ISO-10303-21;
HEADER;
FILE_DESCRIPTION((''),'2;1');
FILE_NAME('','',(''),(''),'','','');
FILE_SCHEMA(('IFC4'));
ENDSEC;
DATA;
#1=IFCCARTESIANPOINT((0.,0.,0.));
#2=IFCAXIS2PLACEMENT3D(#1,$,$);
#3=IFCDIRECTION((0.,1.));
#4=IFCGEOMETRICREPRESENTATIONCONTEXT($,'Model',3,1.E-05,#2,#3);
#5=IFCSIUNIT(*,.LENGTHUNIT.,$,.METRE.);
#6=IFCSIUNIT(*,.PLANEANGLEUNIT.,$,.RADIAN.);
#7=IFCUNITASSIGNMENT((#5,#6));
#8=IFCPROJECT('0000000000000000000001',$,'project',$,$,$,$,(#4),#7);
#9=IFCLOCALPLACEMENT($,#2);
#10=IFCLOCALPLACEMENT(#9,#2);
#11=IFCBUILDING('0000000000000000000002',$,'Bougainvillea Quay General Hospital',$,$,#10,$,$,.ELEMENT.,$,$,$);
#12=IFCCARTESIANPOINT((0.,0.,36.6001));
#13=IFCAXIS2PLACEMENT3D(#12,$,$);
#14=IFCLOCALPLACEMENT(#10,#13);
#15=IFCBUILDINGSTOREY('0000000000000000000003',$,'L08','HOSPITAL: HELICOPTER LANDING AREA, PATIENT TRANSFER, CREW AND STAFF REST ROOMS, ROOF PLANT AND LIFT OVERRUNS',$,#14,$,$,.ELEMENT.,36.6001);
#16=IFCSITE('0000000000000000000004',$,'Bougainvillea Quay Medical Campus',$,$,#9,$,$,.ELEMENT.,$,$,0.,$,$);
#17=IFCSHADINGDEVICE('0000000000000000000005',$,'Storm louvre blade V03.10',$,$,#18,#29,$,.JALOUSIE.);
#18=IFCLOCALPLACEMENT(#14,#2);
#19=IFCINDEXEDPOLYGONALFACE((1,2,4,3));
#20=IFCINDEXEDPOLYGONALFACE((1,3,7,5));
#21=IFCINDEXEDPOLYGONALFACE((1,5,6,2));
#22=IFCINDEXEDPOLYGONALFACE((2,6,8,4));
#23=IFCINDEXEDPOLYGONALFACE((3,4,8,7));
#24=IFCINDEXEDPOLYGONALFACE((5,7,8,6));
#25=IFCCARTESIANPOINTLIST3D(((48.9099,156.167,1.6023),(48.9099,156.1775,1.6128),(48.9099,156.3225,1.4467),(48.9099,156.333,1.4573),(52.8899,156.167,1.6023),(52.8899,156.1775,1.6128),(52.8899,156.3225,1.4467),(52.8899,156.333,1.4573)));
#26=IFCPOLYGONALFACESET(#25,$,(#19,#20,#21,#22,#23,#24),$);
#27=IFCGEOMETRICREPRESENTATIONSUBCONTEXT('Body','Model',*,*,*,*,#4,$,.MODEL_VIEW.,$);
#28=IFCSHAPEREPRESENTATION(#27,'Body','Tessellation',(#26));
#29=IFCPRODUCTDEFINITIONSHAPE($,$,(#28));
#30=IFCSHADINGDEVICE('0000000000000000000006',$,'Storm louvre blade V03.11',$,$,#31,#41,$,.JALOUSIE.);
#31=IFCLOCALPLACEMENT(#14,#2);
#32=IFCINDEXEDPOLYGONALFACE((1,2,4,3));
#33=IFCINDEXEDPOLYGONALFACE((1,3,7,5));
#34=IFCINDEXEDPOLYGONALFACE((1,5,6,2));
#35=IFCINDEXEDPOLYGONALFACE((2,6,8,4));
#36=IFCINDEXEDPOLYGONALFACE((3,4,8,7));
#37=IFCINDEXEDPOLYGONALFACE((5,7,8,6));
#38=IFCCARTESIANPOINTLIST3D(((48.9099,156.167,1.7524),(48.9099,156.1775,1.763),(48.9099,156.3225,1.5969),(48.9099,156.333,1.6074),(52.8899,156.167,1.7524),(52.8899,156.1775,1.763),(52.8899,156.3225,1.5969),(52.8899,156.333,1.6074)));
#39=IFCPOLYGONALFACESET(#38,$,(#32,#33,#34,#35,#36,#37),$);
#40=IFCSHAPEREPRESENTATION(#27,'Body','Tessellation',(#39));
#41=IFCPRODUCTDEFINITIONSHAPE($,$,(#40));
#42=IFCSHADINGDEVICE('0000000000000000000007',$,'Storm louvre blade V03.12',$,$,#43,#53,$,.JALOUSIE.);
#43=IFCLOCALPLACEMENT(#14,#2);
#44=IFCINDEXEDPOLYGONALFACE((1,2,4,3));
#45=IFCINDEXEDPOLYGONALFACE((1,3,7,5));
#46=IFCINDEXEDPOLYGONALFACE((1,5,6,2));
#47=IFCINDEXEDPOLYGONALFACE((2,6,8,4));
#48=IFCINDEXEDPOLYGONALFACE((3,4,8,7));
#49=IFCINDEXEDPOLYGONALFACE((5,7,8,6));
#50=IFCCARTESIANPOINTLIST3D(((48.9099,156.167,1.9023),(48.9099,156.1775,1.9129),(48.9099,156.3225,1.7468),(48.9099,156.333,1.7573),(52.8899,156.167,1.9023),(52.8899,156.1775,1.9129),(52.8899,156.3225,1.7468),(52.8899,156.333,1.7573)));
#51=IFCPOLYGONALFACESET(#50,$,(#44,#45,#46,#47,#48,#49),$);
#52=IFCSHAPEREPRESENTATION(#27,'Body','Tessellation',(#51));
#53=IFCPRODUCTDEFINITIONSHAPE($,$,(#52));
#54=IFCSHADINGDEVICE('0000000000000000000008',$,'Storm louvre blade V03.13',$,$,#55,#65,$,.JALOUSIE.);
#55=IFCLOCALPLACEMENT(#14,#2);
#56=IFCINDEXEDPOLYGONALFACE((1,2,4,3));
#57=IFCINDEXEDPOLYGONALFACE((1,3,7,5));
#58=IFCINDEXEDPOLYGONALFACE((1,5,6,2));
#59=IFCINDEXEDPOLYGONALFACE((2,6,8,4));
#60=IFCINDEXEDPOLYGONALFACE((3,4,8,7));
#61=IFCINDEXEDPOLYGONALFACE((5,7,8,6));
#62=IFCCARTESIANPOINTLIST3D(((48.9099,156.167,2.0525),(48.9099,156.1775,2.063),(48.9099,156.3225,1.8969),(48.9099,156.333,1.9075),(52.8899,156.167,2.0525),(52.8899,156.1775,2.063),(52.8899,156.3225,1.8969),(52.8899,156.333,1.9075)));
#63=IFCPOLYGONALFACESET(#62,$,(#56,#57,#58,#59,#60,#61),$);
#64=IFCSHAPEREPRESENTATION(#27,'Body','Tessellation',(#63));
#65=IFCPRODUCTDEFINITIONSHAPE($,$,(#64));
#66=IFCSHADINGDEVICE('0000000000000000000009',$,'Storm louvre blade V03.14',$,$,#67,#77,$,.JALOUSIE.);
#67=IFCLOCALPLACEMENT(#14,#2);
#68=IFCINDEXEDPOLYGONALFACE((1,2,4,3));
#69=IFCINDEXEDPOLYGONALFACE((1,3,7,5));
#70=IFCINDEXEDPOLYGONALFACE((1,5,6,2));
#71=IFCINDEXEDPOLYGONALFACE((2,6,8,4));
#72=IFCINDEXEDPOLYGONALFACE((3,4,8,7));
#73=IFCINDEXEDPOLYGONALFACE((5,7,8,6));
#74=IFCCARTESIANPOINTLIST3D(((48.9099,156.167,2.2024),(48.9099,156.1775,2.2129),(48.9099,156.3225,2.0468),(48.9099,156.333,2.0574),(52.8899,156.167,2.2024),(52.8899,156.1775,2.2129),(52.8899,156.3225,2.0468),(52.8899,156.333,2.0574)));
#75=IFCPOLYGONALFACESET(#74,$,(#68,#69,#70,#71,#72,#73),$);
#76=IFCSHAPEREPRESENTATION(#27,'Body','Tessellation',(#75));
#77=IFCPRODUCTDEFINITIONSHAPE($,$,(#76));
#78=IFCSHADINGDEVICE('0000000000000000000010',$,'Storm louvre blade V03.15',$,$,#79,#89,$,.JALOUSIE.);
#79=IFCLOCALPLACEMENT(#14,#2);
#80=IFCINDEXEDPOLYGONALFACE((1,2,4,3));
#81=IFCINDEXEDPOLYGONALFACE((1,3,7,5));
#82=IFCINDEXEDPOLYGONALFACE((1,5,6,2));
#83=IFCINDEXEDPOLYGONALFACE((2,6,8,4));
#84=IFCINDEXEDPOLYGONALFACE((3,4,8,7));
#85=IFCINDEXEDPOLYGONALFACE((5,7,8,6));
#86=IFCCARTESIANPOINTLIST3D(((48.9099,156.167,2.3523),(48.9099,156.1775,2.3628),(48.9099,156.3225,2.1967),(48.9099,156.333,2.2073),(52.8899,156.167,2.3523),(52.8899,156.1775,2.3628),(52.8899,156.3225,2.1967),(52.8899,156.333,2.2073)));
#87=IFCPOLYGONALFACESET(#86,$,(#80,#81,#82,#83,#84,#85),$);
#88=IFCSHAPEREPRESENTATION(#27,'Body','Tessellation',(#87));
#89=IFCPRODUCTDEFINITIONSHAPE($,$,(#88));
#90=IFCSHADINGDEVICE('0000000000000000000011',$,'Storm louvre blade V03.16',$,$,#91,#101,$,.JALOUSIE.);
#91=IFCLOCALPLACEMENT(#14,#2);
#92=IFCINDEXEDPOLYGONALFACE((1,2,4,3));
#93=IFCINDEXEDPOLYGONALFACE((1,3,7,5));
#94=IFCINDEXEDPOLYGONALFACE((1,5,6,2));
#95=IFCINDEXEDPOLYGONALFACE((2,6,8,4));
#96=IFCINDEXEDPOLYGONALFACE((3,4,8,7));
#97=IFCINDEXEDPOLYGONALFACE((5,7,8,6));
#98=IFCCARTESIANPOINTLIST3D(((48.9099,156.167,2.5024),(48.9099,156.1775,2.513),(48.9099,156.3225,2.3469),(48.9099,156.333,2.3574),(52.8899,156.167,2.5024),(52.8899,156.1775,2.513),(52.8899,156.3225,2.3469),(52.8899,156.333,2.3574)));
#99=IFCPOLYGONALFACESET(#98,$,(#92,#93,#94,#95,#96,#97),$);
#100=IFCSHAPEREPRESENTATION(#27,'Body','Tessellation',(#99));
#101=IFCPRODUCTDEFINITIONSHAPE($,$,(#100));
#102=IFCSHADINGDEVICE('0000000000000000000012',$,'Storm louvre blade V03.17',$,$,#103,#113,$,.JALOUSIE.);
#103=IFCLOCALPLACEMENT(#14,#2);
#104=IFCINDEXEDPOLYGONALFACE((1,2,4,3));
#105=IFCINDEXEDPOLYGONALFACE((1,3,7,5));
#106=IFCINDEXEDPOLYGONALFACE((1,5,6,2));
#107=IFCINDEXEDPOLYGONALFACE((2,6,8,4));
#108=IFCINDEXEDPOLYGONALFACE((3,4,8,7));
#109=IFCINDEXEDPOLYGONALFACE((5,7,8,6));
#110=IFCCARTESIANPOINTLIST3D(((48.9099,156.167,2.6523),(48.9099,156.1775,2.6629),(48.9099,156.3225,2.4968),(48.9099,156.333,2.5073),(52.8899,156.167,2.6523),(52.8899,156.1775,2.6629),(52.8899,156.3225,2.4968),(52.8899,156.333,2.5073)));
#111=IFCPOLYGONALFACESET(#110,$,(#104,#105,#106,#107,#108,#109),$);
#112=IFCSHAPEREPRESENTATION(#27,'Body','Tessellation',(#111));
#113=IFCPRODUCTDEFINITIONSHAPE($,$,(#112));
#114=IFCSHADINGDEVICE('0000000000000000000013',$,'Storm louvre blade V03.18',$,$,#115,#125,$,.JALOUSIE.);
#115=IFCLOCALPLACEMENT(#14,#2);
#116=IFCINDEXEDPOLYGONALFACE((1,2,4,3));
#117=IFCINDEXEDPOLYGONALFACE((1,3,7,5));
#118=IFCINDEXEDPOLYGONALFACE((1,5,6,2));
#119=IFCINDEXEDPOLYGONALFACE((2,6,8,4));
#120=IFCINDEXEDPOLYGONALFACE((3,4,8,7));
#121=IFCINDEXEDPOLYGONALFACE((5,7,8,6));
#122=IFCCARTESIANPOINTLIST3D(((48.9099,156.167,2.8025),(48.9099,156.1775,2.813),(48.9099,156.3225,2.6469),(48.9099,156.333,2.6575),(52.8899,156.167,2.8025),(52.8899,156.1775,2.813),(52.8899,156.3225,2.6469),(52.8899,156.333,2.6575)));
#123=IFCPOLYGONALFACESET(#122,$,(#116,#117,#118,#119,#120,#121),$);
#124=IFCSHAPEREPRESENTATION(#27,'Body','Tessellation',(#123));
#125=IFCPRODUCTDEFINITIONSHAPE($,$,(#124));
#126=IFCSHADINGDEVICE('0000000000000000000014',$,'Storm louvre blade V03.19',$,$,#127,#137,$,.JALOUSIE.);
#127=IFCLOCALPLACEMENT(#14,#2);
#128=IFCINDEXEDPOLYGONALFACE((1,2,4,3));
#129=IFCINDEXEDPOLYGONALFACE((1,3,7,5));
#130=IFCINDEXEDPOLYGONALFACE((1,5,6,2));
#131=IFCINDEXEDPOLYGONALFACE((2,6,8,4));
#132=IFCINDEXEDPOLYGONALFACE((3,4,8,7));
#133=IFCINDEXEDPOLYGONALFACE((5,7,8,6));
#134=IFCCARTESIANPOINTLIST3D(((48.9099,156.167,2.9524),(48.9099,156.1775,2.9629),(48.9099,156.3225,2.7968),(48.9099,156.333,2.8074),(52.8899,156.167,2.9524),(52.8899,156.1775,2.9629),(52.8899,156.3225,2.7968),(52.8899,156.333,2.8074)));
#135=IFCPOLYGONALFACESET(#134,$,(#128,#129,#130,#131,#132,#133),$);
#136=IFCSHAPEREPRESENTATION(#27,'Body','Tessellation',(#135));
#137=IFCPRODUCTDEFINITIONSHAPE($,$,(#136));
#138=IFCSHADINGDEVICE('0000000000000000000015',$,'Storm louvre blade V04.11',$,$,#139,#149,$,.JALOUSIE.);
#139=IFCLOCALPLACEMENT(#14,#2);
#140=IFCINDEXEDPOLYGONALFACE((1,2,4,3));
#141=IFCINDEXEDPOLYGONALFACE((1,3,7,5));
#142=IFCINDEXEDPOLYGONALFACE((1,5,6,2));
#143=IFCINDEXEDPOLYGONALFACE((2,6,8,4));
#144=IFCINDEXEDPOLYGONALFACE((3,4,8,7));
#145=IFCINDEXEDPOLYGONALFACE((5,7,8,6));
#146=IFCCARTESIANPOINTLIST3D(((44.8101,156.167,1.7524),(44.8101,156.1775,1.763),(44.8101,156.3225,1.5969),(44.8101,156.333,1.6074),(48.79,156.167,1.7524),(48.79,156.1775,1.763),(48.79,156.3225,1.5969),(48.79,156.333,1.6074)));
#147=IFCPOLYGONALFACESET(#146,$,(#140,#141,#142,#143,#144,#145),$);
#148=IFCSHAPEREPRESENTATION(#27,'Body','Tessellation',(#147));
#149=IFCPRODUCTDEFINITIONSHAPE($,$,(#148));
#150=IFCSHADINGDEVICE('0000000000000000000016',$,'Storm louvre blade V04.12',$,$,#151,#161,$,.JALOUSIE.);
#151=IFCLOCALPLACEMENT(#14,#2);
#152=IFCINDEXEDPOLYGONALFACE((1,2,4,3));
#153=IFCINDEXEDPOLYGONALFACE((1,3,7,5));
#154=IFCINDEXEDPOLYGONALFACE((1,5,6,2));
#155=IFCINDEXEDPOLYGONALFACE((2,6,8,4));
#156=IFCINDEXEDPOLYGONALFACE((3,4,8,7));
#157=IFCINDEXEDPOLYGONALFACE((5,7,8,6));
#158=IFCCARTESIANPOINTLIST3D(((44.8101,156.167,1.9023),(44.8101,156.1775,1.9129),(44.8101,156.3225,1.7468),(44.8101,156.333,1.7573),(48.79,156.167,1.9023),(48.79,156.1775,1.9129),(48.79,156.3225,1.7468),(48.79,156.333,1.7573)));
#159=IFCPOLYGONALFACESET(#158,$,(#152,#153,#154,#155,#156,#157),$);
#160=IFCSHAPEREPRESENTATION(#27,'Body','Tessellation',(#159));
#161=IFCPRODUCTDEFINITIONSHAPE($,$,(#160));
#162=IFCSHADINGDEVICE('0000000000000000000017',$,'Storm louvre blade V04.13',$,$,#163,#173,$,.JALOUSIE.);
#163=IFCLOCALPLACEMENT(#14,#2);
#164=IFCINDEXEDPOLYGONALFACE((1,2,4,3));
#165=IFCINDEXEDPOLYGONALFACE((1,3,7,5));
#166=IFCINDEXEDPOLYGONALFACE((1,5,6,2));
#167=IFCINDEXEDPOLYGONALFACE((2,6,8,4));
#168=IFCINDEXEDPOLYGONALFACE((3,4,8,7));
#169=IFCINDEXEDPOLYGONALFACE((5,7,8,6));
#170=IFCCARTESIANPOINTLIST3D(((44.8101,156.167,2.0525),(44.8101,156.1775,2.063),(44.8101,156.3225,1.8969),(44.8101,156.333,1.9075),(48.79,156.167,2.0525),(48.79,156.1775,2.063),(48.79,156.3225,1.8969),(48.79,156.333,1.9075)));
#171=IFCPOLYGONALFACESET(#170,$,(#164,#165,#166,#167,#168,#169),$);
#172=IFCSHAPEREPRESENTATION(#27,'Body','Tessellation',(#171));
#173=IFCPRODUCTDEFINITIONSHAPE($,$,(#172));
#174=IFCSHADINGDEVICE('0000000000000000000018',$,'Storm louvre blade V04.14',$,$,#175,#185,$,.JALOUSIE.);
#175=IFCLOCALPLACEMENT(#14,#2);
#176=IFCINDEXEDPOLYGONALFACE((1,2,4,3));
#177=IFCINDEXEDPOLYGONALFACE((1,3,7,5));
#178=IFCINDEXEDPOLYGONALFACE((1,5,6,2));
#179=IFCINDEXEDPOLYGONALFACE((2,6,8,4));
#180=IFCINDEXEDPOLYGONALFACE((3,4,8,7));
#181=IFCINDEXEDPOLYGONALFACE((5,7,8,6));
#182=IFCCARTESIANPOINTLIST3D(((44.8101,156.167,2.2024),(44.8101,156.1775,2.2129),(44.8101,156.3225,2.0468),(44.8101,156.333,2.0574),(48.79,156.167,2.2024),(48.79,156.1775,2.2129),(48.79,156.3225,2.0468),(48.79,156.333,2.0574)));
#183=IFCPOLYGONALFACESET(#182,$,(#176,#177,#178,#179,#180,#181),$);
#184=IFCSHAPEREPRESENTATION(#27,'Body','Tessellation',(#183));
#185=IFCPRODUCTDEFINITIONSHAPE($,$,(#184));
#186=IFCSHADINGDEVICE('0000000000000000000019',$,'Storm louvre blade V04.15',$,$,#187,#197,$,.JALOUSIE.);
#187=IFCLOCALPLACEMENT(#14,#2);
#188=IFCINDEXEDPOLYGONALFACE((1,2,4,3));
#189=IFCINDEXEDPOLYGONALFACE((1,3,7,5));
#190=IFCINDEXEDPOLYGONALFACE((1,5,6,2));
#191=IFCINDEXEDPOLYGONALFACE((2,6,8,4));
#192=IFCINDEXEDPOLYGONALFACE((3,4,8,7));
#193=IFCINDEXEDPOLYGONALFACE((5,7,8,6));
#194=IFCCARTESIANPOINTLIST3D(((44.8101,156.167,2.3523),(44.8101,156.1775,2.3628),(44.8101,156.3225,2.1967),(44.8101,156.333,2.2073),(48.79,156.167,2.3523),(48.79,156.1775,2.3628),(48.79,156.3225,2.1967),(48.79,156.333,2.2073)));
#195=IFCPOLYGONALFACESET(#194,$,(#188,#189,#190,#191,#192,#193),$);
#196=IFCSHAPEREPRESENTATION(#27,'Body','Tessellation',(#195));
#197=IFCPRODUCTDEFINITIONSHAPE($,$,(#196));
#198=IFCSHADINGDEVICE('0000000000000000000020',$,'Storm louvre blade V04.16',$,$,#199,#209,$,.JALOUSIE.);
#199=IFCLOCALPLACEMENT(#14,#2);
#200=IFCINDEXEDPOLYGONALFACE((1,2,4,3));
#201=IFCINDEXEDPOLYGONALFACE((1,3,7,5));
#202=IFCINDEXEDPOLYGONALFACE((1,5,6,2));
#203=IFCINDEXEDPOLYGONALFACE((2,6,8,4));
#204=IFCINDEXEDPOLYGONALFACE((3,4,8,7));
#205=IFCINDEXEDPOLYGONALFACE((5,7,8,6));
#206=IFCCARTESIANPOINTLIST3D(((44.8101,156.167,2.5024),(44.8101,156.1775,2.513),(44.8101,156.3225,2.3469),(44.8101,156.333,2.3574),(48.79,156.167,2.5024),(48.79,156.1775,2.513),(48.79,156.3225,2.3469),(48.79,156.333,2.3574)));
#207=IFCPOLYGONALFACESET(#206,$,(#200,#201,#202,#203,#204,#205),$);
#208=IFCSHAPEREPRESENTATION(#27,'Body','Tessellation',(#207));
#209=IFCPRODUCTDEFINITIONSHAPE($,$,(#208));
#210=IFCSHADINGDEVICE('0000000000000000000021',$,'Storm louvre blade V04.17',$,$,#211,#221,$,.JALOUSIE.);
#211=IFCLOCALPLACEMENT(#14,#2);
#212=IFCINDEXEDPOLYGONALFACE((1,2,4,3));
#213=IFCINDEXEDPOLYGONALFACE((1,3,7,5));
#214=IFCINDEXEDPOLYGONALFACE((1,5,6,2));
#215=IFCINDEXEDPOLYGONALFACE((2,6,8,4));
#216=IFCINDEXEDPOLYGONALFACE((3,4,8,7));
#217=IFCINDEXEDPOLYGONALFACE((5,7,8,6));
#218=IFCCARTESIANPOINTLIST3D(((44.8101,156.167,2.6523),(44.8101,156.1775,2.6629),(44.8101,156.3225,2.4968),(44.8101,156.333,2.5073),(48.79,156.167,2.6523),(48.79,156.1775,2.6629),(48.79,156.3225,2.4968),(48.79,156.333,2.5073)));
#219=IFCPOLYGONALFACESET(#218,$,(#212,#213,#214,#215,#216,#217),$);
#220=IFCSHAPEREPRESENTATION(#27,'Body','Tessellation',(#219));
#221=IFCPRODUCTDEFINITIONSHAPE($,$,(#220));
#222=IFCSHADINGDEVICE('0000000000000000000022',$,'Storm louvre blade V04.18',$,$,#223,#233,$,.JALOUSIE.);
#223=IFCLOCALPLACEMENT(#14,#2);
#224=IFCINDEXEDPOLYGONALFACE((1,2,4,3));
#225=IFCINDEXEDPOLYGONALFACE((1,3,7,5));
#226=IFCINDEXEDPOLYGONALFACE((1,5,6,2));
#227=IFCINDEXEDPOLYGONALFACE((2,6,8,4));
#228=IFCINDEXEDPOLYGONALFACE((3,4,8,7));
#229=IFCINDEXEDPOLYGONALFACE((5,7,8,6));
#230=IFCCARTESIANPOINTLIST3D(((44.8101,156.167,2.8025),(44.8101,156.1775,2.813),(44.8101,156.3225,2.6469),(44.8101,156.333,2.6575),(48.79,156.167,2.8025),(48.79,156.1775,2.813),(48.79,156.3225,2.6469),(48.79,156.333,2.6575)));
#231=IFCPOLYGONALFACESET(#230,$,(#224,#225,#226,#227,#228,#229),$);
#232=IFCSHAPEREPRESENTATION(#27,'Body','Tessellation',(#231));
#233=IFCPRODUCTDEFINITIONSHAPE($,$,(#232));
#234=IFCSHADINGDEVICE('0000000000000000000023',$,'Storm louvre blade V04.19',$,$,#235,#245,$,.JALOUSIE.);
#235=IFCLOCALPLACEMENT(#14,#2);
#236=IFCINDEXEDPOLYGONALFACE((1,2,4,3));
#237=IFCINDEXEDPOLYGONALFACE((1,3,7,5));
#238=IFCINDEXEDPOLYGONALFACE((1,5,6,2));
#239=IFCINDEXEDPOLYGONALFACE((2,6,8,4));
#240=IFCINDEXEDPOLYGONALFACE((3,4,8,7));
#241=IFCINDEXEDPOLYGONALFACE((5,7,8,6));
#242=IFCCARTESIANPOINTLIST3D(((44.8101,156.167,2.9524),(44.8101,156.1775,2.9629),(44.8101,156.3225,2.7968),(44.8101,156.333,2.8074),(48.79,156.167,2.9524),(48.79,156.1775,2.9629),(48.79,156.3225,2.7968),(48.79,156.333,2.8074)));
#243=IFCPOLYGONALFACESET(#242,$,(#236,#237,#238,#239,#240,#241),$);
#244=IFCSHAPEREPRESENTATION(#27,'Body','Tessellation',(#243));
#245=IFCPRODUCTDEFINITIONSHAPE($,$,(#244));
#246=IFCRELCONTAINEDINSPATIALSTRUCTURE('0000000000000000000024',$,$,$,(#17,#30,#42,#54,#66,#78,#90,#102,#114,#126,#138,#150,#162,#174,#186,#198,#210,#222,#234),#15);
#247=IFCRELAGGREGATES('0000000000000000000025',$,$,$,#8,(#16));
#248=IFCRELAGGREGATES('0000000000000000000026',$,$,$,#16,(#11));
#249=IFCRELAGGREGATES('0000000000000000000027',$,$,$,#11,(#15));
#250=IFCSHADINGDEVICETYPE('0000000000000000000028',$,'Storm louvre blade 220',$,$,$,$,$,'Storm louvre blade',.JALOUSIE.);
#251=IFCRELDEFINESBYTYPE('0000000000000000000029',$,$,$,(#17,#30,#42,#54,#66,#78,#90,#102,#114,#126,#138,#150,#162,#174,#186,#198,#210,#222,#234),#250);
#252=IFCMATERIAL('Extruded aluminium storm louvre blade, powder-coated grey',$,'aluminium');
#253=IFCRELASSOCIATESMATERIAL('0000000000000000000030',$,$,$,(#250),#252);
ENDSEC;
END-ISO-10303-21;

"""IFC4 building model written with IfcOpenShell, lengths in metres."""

from ifc_helpers import new_model, si_unit, direction, frame, origin, origin_2d, place, context, subcontext, project, spatial, rectangle, extrude, material, material_profile, profile_set, type_object, element, save


model = new_model("IFC4")

# Units and contexts
model_context = context("Model", 3, precision=1e-05, world=origin(), true_north=direction((0.0, 1.0)))
body_context = subcontext(model_context, "Body", "Model", "MODEL_VIEW")
ifc_project = project(units=[si_unit("LENGTHUNIT", "METRE"), si_unit("PLANEANGLEUNIT", "RADIAN")], contexts=[model_context])

# Site, building, storey
site_placement = place(None, origin())
site = spatial("IfcSite", under=ifc_project, at=site_placement, Name="Bougainvillea Quay Medical Campus", CompositionType="ELEMENT", RefElevation=0.0)
building_placement = place(site_placement, origin())
building = spatial("IfcBuilding", under=site, at=building_placement, Name="Bougainvillea Quay General Hospital", CompositionType="ELEMENT")
storey_placement = place(building_placement, frame((0.0, 0.0, 36.6001)))
storey = spatial("IfcBuildingStorey", under=building, at=storey_placement, Name="L08", Description="HOSPITAL: HELICOPTER LANDING AREA, PATIENT TRANSFER, CREW AND STAFF REST ROOMS, ROOF PLANT AND LIFT OVERRUNS", CompositionType="ELEMENT", Elevation=36.6001)

# Shading devices
ifc_material_1 = material(Name="Extruded aluminium storm louvre blade, powder-coated grey", Category="aluminium")
ifc_material_profile_1 = material_profile(ifc_material_1, rectangle(XDim=0.22, YDim=0.0149, at=origin_2d()))
ifc_profile_set_1 = profile_set([ifc_material_profile_1], Name="Extruded aluminium storm louvre blade, powder-coated grey")
shading_device_type_1 = type_object("IfcShadingDeviceType", Name="Storm louvre blade 220", ElementType="Storm louvre blade", PredefinedType="JALOUSIE", material=ifc_profile_set_1)
for number, where, z_axis, x_axis, name in (
    (1, (52.8899, 156.25, 1.5298), (-1.0, 0.0, 0.0), (0.0, -0.707107, 0.707107), "Storm louvre blade V03.10"),
    (2, (52.8899, 156.25, 1.6799), (-1.0, 0.0, 0.0), (0.0, -0.707107, 0.707107), "Storm louvre blade V03.11"),
    (3, (52.8899, 156.25, 1.8298), (-1.0, 0.0, 0.0), (0.0, -0.707107, 0.707107), "Storm louvre blade V03.12"),
    (4, (52.8899, 156.25, 1.98), (-1.0, 0.0, 0.0), (0.0, -0.707107, 0.707107), "Storm louvre blade V03.13"),
    (5, (52.8899, 156.25, 2.1299), (-1.0, 0.0, 0.0), (0.0, -0.707107, 0.707107), "Storm louvre blade V03.14"),
    (6, (52.8899, 156.25, 2.2798), (-1.0, 0.0, 0.0), (0.0, -0.707107, 0.707107), "Storm louvre blade V03.15"),
    (7, (52.8899, 156.25, 2.4299), (-1.0, 0.0, 0.0), (0.0, -0.707107, 0.707107), "Storm louvre blade V03.16"),
    (8, (52.8899, 156.25, 2.5798), (-1.0, 0.0, 0.0), (0.0, -0.707107, 0.707107), "Storm louvre blade V03.17"),
    (9, (52.8899, 156.25, 2.73), (-1.0, 0.0, 0.0), (0.0, -0.707107, 0.707107), "Storm louvre blade V03.18"),
    (10, (52.8899, 156.25, 2.8799), (-1.0, 0.0, 0.0), (0.0, -0.707107, 0.707107), "Storm louvre blade V03.19"),
    (11, (48.79, 156.25, 1.6799), (-1.0, 0.0, 0.0), (0.0, -0.707107, 0.707107), "Storm louvre blade V04.11"),
    (12, (48.79, 156.25, 1.8298), (-1.0, 0.0, 0.0), (0.0, -0.707107, 0.707107), "Storm louvre blade V04.12"),
    (13, (48.79, 156.25, 1.98), (-1.0, 0.0, 0.0), (0.0, -0.707107, 0.707107), "Storm louvre blade V04.13"),
    (14, (48.79, 156.25, 2.1299), (-1.0, 0.0, 0.0), (0.0, -0.707107, 0.707107), "Storm louvre blade V04.14"),
    (15, (48.79, 156.25, 2.2798), (-1.0, 0.0, 0.0), (0.0, -0.707107, 0.707107), "Storm louvre blade V04.15"),
    (16, (48.79, 156.25, 2.4299), (-1.0, 0.0, 0.0), (0.0, -0.707107, 0.707107), "Storm louvre blade V04.16"),
    (17, (48.79, 156.25, 2.5798), (-1.0, 0.0, 0.0), (0.0, -0.707107, 0.707107), "Storm louvre blade V04.17"),
    (18, (48.79, 156.25, 2.73), (-1.0, 0.0, 0.0), (0.0, -0.707107, 0.707107), "Storm louvre blade V04.18"),
    (19, (48.79, 156.25, 2.8799), (-1.0, 0.0, 0.0), (0.0, -0.707107, 0.707107), "Storm louvre blade V04.19"),
):
    element("IfcShadingDevice", number, at=place(storey_placement, frame(where, z_axis=z_axis, x_axis=x_axis)), inside=storey, type_object=shading_device_type_1, Name=name, PredefinedType="JALOUSIE", context=body_context, shape_type="SweptSolid", body=[
        extrude(rectangle(XDim=0.22, YDim=0.0149, at=origin_2d()), origin(), (0.0, 0.0, 1.0), 3.98),
    ])

save(model, "model.ifc")
